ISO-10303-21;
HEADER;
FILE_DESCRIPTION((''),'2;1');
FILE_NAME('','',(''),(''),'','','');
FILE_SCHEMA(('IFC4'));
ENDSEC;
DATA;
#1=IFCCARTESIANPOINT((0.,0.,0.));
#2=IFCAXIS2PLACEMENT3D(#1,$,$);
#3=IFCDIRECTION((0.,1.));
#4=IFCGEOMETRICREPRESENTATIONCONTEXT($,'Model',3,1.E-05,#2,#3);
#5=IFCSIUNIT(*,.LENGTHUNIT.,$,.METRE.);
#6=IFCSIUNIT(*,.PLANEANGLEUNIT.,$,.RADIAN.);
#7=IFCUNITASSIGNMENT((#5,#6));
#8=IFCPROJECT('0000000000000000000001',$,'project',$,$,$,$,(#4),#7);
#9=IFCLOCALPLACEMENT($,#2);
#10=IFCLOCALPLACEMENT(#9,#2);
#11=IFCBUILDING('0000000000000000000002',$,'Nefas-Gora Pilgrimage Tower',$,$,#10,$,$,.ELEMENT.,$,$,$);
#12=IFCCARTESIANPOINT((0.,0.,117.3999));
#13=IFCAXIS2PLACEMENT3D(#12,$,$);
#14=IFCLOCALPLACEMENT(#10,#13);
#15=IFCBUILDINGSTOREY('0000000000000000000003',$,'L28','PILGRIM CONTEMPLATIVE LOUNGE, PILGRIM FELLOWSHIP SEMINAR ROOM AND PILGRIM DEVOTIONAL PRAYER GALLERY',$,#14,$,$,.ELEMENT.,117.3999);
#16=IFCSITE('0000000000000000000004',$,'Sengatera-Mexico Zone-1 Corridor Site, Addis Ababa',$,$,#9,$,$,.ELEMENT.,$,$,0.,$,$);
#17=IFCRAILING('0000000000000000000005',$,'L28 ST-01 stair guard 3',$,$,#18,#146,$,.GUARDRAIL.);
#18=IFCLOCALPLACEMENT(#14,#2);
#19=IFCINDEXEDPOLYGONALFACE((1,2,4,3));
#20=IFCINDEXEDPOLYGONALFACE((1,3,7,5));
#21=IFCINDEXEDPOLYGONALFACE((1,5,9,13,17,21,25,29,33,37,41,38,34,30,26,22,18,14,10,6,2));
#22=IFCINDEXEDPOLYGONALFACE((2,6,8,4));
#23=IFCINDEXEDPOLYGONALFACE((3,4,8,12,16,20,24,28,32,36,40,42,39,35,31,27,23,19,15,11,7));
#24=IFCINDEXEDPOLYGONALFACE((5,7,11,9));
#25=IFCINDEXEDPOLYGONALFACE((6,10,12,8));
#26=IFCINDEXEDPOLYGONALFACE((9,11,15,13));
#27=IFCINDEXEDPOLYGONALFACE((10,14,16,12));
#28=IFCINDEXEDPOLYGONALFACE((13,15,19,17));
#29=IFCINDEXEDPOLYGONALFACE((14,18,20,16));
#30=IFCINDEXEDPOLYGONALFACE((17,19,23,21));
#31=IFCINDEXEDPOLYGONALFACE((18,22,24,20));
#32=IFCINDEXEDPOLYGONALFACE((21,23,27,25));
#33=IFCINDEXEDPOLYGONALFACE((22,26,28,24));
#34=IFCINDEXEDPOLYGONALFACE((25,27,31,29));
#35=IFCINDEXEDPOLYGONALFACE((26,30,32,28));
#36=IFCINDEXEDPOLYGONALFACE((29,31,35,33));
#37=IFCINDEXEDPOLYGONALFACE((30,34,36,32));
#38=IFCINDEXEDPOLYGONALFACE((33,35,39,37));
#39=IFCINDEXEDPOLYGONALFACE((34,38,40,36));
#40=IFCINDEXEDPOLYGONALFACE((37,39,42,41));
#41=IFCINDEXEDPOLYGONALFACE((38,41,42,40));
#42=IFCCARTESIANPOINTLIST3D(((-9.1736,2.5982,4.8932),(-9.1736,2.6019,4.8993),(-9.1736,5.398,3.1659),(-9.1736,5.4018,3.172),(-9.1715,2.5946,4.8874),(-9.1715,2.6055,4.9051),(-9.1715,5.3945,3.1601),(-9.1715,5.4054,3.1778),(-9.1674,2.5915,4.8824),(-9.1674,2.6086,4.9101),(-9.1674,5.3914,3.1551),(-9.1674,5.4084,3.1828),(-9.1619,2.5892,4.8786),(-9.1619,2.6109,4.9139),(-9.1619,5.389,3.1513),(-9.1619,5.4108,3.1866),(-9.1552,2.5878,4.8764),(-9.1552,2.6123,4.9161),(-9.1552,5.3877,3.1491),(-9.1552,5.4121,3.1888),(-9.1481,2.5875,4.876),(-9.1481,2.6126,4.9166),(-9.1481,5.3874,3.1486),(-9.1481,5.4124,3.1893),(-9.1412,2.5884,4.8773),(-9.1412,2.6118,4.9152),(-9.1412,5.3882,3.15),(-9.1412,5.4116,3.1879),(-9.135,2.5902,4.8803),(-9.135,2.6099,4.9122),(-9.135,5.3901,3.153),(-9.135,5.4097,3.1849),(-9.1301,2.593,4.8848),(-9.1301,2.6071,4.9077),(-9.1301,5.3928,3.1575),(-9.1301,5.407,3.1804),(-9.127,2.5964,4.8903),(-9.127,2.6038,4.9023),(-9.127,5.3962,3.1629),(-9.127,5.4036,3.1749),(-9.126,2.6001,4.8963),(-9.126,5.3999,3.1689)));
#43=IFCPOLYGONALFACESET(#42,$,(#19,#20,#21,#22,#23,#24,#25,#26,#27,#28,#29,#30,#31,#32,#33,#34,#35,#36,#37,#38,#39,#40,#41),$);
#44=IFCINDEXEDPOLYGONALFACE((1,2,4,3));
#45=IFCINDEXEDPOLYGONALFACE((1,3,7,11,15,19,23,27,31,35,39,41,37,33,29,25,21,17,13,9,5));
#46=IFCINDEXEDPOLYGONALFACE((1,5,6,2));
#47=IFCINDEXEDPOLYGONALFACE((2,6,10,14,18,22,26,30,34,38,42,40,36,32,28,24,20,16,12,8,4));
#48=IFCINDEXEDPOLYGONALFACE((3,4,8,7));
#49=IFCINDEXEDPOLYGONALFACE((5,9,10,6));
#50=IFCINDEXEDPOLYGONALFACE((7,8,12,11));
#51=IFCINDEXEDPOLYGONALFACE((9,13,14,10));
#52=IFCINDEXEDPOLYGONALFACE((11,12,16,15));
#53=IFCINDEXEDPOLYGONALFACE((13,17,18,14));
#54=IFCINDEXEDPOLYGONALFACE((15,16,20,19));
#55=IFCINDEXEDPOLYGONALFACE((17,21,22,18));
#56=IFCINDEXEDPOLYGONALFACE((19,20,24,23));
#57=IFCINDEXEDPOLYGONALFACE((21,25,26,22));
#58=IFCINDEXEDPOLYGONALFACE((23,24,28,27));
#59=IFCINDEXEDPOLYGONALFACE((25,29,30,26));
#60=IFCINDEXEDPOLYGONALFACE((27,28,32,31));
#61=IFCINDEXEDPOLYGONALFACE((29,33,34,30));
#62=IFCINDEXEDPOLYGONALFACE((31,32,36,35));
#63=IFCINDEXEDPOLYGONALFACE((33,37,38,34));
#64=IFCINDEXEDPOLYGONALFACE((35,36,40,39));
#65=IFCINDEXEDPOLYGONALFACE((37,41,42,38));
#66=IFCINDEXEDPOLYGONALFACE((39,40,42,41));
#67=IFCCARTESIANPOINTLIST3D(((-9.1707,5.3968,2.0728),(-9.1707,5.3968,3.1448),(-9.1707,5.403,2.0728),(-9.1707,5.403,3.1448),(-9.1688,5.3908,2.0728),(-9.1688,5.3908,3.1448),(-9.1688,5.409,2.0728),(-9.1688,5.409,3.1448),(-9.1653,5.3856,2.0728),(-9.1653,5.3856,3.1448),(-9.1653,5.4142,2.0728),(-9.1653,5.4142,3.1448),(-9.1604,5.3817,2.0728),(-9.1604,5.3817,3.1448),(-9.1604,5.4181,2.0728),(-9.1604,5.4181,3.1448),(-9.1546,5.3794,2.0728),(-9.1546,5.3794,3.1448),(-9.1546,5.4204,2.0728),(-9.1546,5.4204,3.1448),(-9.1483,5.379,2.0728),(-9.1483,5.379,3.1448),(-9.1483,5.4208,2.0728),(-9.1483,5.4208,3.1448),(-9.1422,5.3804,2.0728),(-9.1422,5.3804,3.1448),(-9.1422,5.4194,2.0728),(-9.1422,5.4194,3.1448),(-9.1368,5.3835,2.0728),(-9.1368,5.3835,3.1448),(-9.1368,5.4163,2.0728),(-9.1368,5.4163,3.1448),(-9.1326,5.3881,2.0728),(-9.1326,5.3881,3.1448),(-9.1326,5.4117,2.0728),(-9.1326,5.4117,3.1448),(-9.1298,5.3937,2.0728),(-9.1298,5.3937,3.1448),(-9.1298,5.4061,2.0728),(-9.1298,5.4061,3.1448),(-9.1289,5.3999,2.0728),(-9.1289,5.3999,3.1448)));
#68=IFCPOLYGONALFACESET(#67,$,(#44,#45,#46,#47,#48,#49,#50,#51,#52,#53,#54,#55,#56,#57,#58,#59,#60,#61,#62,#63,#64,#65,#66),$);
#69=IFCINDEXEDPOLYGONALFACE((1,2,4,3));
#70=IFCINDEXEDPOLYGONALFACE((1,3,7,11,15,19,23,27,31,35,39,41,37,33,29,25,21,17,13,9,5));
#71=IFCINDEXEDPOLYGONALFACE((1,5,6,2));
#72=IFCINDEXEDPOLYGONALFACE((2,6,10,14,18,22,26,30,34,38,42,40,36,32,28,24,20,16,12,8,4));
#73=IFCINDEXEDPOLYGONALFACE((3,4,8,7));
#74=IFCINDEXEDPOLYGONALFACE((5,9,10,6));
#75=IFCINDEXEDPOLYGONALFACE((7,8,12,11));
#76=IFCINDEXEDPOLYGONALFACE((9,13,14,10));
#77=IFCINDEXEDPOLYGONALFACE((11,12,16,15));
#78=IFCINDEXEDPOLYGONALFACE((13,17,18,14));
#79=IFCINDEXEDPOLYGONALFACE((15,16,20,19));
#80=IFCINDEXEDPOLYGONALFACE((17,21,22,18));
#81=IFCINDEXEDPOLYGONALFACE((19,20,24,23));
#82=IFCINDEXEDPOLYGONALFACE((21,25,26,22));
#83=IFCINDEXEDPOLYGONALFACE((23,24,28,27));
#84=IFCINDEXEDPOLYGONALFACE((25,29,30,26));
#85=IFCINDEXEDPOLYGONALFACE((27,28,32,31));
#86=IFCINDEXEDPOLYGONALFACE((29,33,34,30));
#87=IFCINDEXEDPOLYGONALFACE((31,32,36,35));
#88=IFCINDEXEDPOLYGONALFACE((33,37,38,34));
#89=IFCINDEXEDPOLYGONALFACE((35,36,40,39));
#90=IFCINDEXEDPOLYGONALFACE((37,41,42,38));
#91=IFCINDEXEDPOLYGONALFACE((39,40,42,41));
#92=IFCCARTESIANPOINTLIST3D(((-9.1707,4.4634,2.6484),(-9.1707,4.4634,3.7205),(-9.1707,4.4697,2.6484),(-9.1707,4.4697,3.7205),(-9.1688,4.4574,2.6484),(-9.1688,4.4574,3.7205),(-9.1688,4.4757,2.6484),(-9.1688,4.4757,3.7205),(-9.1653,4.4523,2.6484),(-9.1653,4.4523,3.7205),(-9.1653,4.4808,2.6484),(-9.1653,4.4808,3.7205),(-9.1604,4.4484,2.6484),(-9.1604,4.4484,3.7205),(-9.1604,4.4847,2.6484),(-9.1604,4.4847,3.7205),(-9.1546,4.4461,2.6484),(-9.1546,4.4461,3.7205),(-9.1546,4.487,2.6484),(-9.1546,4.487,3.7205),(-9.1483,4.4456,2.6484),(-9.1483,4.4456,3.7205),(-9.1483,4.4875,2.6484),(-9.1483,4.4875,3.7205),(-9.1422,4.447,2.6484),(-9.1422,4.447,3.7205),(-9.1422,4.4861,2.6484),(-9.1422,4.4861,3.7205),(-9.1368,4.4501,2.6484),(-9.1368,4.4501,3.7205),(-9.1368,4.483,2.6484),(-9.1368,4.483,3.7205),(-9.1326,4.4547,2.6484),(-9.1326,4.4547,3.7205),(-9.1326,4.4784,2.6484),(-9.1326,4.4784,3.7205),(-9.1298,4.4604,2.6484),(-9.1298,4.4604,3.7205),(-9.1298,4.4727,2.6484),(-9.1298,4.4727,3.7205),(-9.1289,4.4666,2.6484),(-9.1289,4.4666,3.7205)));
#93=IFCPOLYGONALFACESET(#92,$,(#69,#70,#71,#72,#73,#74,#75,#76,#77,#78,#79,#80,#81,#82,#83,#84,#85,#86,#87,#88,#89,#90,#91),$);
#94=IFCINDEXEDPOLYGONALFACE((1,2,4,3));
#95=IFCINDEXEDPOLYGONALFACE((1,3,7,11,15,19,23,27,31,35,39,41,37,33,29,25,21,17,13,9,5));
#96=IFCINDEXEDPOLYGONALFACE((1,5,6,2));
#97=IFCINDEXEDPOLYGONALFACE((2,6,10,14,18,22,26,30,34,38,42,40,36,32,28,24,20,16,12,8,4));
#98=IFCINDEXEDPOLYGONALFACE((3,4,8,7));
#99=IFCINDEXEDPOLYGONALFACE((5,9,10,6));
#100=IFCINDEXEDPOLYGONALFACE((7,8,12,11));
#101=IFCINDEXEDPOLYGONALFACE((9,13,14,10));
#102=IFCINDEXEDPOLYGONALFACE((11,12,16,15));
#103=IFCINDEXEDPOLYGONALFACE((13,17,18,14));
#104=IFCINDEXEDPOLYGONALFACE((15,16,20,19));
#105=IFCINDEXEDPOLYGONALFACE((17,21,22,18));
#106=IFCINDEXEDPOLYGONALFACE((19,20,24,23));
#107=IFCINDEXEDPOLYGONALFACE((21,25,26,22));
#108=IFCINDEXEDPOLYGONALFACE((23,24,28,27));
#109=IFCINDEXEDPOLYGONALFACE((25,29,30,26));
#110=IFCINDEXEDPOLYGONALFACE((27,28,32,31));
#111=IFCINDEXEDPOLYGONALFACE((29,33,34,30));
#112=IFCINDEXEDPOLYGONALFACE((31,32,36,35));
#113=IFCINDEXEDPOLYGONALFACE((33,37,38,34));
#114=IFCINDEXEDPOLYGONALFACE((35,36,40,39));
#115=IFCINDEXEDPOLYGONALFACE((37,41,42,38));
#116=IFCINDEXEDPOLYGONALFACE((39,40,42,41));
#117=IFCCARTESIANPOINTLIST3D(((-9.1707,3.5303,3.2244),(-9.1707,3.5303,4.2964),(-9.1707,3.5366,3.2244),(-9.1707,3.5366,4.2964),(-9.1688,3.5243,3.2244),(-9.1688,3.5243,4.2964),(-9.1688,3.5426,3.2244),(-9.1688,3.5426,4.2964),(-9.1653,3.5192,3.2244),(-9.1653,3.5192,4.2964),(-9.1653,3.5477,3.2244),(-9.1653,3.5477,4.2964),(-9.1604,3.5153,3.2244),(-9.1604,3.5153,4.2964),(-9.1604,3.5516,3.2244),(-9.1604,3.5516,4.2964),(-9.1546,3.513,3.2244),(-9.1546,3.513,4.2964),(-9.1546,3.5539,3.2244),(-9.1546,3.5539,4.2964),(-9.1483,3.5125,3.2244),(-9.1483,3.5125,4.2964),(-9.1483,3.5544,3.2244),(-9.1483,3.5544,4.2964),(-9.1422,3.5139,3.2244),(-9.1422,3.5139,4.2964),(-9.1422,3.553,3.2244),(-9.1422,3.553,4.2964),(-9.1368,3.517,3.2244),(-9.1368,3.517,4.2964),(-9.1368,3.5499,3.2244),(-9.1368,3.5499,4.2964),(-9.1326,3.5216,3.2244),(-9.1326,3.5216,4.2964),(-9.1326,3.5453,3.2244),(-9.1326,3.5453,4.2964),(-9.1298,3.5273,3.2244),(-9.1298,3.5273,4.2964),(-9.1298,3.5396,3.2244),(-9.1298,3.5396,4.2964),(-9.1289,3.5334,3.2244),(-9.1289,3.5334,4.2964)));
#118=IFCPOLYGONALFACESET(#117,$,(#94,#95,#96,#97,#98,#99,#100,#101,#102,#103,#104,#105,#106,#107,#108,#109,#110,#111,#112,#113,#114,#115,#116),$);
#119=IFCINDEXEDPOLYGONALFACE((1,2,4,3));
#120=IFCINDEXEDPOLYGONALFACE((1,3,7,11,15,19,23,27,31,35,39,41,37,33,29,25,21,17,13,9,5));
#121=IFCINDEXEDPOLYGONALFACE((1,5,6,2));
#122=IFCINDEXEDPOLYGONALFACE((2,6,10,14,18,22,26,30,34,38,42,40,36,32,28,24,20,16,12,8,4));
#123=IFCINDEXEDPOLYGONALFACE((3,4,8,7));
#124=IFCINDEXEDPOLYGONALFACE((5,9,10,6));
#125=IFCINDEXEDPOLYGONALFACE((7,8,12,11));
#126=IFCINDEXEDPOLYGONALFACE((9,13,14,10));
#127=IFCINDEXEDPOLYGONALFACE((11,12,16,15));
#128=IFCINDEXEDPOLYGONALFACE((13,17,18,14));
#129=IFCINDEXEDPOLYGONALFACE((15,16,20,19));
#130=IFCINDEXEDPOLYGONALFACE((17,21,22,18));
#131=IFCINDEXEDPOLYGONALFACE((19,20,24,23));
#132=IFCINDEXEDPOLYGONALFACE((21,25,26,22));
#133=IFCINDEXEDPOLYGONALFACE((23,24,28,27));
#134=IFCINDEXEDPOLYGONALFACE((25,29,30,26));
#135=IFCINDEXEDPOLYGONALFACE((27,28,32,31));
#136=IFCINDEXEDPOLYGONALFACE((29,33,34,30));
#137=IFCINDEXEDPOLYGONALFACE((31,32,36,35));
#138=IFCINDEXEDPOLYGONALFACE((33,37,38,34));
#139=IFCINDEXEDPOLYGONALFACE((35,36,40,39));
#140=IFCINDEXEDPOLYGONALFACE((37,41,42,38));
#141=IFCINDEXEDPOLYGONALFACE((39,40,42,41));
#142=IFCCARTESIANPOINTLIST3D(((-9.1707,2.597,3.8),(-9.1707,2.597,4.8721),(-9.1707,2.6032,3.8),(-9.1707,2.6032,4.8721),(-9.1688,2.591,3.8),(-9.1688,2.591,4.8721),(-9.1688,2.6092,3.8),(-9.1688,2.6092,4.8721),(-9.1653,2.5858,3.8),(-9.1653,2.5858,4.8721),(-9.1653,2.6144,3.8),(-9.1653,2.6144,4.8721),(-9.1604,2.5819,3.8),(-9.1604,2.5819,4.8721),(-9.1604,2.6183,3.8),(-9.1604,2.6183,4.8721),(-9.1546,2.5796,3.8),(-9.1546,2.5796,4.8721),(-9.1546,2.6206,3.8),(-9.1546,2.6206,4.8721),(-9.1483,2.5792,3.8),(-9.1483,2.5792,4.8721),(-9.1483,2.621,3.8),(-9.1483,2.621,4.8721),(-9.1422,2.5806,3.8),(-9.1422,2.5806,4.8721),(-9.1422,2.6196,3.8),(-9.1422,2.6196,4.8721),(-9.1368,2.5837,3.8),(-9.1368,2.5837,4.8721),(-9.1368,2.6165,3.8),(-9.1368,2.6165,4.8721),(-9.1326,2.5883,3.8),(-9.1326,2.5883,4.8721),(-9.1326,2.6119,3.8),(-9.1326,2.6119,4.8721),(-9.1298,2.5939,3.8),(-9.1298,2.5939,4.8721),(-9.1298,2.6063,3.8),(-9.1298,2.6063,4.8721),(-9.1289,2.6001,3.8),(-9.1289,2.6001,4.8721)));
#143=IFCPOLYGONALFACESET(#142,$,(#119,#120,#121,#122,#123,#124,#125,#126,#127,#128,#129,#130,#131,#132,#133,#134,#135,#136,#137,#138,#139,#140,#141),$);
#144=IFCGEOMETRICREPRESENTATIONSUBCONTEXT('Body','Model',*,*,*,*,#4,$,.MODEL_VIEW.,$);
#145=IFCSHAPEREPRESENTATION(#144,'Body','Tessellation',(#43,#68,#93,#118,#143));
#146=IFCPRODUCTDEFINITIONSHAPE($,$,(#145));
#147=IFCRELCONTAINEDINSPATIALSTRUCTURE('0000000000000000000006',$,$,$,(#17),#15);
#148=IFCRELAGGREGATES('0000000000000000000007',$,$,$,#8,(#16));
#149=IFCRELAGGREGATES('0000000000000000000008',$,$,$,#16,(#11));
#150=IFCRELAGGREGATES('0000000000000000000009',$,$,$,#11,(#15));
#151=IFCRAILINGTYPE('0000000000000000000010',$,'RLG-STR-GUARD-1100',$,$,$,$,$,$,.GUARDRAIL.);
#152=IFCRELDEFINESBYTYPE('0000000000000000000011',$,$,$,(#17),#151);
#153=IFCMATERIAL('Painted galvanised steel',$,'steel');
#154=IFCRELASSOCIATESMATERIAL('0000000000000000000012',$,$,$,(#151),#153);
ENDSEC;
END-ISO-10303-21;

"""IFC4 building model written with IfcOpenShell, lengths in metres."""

from ifc_helpers import new_model, si_unit, direction, frame, origin, origin_2d, place, context, subcontext, project, spatial, circle, extrude, material, type_object, element, save


model = new_model("IFC4")

# Units and contexts
model_context = context("Model", 3, precision=1e-05, world=origin(), true_north=direction((0.0, 1.0)))
body_context = subcontext(model_context, "Body", "Model", "MODEL_VIEW")
ifc_project = project(units=[si_unit("LENGTHUNIT", "METRE"), si_unit("PLANEANGLEUNIT", "RADIAN")], contexts=[model_context])

# Site, building, storey
site_placement = place(None, origin())
site = spatial("IfcSite", under=ifc_project, at=site_placement, Name="Sengatera-Mexico Zone-1 Corridor Site, Addis Ababa", CompositionType="ELEMENT", RefElevation=0.0)
building_placement = place(site_placement, origin())
building = spatial("IfcBuilding", under=site, at=building_placement, Name="Nefas-Gora Pilgrimage Tower", CompositionType="ELEMENT")
storey_placement = place(building_placement, frame((0.0, 0.0, 117.3999)))
storey = spatial("IfcBuildingStorey", under=building, at=storey_placement, Name="L28", Description="PILGRIM CONTEMPLATIVE LOUNGE, PILGRIM FELLOWSHIP SEMINAR ROOM AND PILGRIM DEVOTIONAL PRAYER GALLERY", CompositionType="ELEMENT", Elevation=117.3999)

# Railing
ifc_material_1 = material(Name="Painted galvanised steel", Category="steel")
railing_type_1 = type_object("IfcRailingType", Name="RLG-STR-GUARD-1100", PredefinedType="GUARDRAIL", material=ifc_material_1)
railing_1_placement = place(storey_placement, frame((-9.1499, 5.3999, 2.0728)))
element("IfcRailing", 1, at=railing_1_placement, inside=storey, type_object=railing_type_1, Name="L28 ST-01 stair guard 3", PredefinedType="GUARDRAIL", context=body_context, shape_type="SweptSolid", body=[
    extrude(circle(Radius=0.0239, at=origin_2d()), frame((0.0, 0.0, 1.0962), z_axis=(0.0, -0.851069, 0.525054), x_axis=(1.0, 0.0, 0.0)), (0.0, 0.0, 1.0), 3.2898),
    extrude(circle(Radius=0.021, at=origin_2d()), origin(), (0.0, 0.0, 1.0), 1.072),
    extrude(circle(Radius=0.021, at=origin_2d()), frame((0.0, -0.9333, 0.5757)), (0.0, 0.0, 1.0), 1.072),
    extrude(circle(Radius=0.021, at=origin_2d()), frame((0.0, -1.8665, 1.1516)), (0.0, 0.0, 1.0), 1.072),
    extrude(circle(Radius=0.021, at=origin_2d()), frame((0.0, -2.7998, 1.7273)), (0.0, 0.0, 1.0), 1.072),
])

save(model, "model.ifc")
